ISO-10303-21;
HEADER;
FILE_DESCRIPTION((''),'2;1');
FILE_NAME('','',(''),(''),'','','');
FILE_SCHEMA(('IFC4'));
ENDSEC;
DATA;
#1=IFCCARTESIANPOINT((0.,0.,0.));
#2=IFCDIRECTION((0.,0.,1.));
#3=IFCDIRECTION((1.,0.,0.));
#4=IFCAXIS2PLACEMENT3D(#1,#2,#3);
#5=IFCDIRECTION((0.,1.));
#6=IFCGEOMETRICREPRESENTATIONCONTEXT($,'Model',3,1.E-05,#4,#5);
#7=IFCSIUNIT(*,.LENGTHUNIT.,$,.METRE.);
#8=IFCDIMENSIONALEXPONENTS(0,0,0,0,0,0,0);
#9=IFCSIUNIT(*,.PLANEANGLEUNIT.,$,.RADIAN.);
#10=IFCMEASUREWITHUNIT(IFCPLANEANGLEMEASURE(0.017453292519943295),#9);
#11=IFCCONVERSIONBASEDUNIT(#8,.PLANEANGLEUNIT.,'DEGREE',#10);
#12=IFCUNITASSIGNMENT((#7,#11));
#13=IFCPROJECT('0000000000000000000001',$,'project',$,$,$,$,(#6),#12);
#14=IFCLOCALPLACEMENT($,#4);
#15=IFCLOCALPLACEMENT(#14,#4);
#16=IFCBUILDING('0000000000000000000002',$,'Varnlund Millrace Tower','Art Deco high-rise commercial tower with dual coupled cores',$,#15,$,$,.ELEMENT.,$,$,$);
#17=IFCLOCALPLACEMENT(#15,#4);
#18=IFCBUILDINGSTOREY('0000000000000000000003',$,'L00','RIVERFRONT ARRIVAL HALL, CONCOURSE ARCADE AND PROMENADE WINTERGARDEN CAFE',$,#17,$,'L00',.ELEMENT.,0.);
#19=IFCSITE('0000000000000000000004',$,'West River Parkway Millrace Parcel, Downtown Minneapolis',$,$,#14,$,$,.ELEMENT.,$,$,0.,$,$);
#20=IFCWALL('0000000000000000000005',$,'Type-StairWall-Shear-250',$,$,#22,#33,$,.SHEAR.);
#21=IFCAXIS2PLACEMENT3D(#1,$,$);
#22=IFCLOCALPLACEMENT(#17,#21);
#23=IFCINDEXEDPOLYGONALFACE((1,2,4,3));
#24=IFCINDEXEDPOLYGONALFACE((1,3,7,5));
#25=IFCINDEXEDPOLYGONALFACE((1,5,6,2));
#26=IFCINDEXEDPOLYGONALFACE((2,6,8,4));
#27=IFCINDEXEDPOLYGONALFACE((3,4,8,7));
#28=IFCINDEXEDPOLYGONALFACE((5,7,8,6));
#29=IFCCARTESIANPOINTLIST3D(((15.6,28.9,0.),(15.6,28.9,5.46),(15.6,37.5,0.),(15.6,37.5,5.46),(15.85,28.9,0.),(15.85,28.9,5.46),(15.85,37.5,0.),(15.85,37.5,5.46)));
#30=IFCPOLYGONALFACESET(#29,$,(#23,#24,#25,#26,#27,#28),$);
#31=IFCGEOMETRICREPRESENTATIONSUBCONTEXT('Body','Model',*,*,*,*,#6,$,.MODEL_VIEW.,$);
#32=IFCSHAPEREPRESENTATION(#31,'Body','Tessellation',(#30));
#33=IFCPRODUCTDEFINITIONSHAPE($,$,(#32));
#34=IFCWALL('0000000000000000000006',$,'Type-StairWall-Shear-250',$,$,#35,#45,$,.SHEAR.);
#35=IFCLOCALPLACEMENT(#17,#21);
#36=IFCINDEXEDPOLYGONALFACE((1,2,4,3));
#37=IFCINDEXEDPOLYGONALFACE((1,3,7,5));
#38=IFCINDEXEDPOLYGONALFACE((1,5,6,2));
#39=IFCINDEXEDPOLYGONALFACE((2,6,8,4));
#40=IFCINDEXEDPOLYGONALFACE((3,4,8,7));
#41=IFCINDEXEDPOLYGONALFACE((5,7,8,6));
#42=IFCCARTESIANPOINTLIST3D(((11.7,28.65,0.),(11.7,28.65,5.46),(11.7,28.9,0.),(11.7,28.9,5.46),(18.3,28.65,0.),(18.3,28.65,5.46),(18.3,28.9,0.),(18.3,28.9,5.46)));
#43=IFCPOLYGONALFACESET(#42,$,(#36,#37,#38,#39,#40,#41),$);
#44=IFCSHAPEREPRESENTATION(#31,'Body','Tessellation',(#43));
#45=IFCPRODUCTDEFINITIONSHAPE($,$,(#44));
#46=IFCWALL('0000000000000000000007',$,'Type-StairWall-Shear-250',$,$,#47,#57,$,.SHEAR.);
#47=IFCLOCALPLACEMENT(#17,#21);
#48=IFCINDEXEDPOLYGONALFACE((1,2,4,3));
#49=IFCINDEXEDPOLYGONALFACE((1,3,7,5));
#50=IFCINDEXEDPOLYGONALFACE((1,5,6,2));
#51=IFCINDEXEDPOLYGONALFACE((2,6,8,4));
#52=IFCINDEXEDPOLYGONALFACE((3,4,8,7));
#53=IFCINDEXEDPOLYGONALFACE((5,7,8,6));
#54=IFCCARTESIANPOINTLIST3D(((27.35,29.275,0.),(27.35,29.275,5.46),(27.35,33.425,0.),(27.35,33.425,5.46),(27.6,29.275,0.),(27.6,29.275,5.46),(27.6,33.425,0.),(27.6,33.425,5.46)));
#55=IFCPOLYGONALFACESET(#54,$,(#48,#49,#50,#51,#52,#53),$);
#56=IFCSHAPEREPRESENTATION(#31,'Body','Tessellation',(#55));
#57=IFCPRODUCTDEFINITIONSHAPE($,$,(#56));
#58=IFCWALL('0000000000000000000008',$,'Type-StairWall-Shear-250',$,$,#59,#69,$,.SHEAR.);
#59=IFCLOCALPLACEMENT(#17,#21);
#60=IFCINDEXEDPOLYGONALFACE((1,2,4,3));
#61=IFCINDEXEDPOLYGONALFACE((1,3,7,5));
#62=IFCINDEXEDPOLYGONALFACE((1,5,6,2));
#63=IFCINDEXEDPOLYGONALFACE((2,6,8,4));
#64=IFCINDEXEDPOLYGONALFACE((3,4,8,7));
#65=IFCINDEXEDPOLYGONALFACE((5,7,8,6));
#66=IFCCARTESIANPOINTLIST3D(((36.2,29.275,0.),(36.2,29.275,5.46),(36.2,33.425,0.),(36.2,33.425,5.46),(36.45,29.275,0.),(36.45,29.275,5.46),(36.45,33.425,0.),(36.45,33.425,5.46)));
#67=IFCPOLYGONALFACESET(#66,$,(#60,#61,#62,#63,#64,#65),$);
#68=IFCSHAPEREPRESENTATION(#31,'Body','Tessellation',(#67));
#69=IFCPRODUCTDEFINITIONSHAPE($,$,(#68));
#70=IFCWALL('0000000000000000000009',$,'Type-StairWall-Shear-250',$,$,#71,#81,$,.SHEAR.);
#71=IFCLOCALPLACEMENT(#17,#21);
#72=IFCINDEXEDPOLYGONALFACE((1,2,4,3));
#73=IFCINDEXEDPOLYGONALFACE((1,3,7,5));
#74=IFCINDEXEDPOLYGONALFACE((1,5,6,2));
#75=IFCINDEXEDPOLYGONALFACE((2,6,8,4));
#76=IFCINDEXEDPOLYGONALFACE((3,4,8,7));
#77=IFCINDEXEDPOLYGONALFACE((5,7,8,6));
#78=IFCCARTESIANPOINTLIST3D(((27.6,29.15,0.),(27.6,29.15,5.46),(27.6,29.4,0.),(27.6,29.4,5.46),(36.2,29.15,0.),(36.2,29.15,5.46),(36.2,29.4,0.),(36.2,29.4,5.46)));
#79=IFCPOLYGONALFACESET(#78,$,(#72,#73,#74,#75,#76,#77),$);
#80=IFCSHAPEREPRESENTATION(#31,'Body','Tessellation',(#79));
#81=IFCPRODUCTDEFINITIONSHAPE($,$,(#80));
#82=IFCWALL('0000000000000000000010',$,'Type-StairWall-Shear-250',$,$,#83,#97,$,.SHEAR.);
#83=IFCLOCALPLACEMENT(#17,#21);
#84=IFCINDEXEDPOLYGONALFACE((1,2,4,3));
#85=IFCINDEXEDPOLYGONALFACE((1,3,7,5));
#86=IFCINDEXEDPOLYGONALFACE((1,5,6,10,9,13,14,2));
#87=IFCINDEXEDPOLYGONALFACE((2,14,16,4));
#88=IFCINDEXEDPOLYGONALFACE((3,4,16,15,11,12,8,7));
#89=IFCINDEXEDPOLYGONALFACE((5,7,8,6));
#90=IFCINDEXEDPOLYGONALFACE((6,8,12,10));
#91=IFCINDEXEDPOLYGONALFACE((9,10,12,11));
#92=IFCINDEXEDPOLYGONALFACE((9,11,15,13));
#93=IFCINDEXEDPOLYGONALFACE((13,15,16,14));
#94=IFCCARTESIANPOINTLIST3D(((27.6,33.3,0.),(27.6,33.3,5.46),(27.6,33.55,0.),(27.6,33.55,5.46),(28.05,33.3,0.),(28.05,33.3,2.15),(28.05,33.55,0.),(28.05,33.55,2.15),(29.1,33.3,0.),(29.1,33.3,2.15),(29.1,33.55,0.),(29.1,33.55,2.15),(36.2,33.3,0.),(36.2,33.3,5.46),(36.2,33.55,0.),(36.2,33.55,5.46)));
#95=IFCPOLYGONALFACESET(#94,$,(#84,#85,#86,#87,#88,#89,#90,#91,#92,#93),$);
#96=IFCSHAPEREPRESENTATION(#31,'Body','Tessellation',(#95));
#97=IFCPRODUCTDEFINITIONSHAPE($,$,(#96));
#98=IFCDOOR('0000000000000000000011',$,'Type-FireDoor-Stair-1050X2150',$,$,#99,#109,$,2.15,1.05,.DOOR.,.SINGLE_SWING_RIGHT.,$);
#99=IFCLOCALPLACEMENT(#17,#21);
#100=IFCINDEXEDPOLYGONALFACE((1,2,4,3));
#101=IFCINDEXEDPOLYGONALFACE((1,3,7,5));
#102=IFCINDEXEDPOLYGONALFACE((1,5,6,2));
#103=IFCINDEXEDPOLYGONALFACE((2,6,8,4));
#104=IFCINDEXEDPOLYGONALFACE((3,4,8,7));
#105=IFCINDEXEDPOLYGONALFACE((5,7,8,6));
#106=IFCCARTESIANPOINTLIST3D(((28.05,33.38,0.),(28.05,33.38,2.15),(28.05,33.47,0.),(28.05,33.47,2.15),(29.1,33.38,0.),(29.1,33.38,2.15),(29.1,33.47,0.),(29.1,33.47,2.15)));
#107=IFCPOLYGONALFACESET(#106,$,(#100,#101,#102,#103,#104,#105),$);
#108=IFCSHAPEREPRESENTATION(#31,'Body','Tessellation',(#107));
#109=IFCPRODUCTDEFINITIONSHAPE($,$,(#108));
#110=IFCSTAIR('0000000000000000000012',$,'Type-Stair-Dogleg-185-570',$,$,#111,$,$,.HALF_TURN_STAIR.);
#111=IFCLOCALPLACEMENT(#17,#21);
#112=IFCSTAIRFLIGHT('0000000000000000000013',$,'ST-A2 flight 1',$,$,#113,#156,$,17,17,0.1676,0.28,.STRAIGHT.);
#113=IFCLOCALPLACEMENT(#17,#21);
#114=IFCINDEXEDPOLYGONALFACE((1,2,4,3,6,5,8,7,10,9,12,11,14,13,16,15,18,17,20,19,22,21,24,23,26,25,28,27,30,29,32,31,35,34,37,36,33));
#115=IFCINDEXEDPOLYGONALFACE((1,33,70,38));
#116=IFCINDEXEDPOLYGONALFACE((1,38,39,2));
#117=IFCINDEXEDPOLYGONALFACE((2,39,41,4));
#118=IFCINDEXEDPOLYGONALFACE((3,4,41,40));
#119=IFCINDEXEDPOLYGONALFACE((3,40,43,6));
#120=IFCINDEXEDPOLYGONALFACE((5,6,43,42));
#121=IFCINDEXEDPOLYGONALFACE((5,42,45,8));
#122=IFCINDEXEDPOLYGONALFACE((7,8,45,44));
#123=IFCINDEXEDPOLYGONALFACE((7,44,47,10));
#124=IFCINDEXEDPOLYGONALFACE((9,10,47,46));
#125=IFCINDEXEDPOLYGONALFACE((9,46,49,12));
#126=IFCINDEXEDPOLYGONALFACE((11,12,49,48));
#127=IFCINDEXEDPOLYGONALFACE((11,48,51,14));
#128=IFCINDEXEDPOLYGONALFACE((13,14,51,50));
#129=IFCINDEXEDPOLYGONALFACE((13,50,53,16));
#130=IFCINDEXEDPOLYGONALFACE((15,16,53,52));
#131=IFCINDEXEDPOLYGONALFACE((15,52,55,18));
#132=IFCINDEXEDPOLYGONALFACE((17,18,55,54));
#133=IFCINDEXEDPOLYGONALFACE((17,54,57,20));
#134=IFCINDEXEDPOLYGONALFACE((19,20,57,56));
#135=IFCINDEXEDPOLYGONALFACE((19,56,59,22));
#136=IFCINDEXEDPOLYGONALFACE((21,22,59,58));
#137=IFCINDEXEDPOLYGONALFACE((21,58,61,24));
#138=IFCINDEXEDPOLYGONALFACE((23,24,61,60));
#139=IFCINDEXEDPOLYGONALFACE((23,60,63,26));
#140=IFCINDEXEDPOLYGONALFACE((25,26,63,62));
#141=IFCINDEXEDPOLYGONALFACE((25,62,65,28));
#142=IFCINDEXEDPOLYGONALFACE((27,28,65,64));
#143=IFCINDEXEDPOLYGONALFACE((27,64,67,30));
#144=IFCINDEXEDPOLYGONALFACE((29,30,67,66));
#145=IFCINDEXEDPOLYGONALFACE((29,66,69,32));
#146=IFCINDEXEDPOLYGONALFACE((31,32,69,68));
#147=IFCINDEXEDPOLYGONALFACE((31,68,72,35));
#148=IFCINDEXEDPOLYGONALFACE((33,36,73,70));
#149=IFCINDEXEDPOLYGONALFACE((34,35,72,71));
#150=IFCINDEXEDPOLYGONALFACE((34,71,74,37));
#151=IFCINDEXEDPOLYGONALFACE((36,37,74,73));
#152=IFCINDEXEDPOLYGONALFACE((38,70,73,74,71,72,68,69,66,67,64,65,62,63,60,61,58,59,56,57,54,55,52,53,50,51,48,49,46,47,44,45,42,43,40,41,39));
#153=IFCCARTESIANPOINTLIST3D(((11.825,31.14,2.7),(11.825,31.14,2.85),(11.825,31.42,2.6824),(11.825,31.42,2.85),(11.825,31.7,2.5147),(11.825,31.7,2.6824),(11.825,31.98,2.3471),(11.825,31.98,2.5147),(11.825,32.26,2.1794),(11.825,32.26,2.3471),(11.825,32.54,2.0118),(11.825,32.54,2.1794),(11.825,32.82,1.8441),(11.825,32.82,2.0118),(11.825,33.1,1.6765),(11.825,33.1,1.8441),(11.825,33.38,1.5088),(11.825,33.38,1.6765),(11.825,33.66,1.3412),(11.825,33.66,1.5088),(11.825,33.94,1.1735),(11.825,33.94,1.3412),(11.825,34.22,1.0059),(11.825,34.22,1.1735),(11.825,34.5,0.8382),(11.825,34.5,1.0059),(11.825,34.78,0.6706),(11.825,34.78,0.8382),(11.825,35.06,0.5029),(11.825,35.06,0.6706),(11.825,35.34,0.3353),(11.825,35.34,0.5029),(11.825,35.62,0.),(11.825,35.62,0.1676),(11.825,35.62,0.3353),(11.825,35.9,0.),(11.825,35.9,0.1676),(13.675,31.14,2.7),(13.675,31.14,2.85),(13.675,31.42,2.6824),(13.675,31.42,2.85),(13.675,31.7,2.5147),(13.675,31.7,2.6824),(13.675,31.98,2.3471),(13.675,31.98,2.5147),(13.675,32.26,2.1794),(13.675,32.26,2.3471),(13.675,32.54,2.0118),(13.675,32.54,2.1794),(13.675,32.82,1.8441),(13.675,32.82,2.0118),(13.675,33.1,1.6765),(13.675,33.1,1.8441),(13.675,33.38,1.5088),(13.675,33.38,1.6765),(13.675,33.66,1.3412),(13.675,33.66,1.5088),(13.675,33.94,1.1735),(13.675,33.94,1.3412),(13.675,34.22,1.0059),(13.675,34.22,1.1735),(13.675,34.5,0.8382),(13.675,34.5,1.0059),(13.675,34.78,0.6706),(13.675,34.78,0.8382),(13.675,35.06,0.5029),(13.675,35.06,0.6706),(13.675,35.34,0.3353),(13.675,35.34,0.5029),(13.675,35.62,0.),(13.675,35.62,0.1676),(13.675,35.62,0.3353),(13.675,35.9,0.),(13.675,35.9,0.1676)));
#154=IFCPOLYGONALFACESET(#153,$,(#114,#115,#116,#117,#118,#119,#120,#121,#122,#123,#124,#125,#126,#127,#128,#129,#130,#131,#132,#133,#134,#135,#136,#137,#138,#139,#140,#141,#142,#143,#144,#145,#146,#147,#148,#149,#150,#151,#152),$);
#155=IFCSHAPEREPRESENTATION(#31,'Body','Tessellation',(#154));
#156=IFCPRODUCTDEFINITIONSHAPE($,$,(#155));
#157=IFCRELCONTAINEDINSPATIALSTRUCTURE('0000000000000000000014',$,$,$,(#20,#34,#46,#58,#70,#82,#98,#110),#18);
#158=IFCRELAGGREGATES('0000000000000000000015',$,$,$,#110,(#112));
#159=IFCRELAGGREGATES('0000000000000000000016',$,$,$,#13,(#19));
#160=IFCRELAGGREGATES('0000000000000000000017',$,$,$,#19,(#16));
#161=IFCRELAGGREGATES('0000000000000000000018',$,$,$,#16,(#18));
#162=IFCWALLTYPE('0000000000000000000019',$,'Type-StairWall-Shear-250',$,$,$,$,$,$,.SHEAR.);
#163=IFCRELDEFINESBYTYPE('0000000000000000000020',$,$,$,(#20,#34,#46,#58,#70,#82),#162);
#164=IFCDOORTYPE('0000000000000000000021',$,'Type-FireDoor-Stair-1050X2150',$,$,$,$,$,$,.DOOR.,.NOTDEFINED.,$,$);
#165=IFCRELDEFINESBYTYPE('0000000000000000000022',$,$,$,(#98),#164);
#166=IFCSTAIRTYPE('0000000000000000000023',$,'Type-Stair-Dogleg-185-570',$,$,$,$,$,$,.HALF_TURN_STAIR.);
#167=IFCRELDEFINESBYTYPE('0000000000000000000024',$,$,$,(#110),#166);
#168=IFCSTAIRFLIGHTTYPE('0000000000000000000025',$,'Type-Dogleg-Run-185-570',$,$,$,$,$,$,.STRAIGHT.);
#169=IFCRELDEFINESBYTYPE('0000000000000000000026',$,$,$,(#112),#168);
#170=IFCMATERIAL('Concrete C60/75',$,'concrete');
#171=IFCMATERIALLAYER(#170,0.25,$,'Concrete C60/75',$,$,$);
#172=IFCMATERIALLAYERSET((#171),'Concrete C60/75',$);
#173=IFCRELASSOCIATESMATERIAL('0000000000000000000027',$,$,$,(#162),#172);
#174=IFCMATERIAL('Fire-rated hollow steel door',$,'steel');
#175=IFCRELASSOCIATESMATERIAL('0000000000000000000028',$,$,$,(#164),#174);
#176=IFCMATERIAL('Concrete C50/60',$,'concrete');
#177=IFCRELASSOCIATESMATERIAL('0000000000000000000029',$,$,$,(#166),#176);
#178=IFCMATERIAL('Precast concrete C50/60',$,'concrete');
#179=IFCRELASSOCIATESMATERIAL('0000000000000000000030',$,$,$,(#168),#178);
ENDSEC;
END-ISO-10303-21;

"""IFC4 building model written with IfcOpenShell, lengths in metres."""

from ifc_helpers import new_model, entity, si_unit, converted_unit, direction, frame, origin_with_axes, origin_2d_with_axis, place, context, subcontext, project, spatial, polyline, rectangle, outline, extrude, material, layer, layer_set, type_object, element, fill, aggregate, save


model = new_model("IFC4")

# Units and contexts
model_context = context("Model", 3, precision=1e-05, world=origin_with_axes(), true_north=direction((0.0, 1.0)))
body_context = subcontext(model_context, "Body", "Model", "MODEL_VIEW")
ifc_project = project(units=[si_unit("LENGTHUNIT", "METRE"), converted_unit("PLANEANGLEUNIT", "DEGREE", entity("IfcPlaneAngleMeasure", 0.017453292519943295), si_unit("PLANEANGLEUNIT", "RADIAN"), dimensions=[0, 0, 0, 0, 0, 0, 0])], contexts=[model_context])

# Site, building, storey
site_placement = place(None, origin_with_axes())
site = spatial("IfcSite", under=ifc_project, at=site_placement, Name="West River Parkway Millrace Parcel, Downtown Minneapolis", CompositionType="ELEMENT", RefElevation=0.0)
building_placement = place(site_placement, origin_with_axes())
building = spatial("IfcBuilding", under=site, at=building_placement, Name="Varnlund Millrace Tower", Description="Art Deco high-rise commercial tower with dual coupled cores", CompositionType="ELEMENT")
storey_placement = place(building_placement, origin_with_axes())
storey = spatial("IfcBuildingStorey", under=building, at=storey_placement, Name="L00", Description="RIVERFRONT ARRIVAL HALL, CONCOURSE ARCADE AND PROMENADE WINTERGARDEN CAFE", LongName="L00", CompositionType="ELEMENT", Elevation=0.0)

# Shared definitions
ifc_material_1 = material(Name="Concrete C60/75", Category="concrete")
ifc_layer = layer(ifc_material_1, 0.25, Name="Concrete C60/75")
ifc_layer_set = layer_set([ifc_layer], Name="Concrete C60/75")

# Walls
wall_type_1 = type_object("IfcWallType", Name="Type-StairWall-Shear-250", PredefinedType="SHEAR", material=ifc_layer_set)
wall_1_placement = place(storey_placement, frame((15.725, 28.9, 0.0), z_axis=(0.0, 0.0, 1.0), x_axis=(0.0, 1.0, 0.0)))
element("IfcWall", 1, at=wall_1_placement, inside=storey, type_object=wall_type_1, Name="Type-StairWall-Shear-250", PredefinedType="SHEAR", context=body_context, shape_type="SweptSolid", body=[
    extrude(outline(polyline([(0.0, -0.125), (8.6, -0.125), (8.6, 0.125), (0.0, 0.125), (0.0, -0.125)])), origin_with_axes(), (0.0, 0.0, 1.0), 5.46),
])
wall_2_placement = place(storey_placement, frame((11.7, 28.775, 0.0), z_axis=(0.0, 0.0, 1.0), x_axis=(1.0, 0.0, 0.0)))
element("IfcWall", 2, at=wall_2_placement, inside=storey, type_object=wall_type_1, Name="Type-StairWall-Shear-250", PredefinedType="SHEAR", context=body_context, shape_type="SweptSolid", body=[
    extrude(outline(polyline([(0.0, -0.125), (6.6, -0.125), (6.6, 0.125), (0.0, 0.125), (0.0, -0.125)])), origin_with_axes(), (0.0, 0.0, 1.0), 5.46),
])
for number, where, z_axis, x_axis, name in (
    (3, (27.475, 29.275, 0.0), (0.0, 0.0, 1.0), (0.0, 1.0, 0.0), "Type-StairWall-Shear-250"),
    (4, (36.325, 29.275, 0.0), (0.0, 0.0, 1.0), (0.0, 1.0, 0.0), "Type-StairWall-Shear-250"),
):
    element("IfcWall", number, at=place(storey_placement, frame(where, z_axis=z_axis, x_axis=x_axis)), inside=storey, type_object=wall_type_1, Name=name, PredefinedType="SHEAR", context=body_context, shape_type="SweptSolid", body=[
        extrude(outline(polyline([(0.0, -0.125), (4.15, -0.125), (4.15, 0.125), (0.0, 0.125), (0.0, -0.125)])), origin_with_axes(), (0.0, 0.0, 1.0), 5.46),
    ])
wall_3_placement = place(storey_placement, frame((27.6, 29.275, 0.0), z_axis=(0.0, 0.0, 1.0), x_axis=(1.0, 0.0, 0.0)))
element("IfcWall", 5, at=wall_3_placement, inside=storey, type_object=wall_type_1, Name="Type-StairWall-Shear-250", PredefinedType="SHEAR", context=body_context, shape_type="SweptSolid", body=[
    extrude(outline(polyline([(0.0, -0.125), (8.6, -0.125), (8.6, 0.125), (0.0, 0.125), (0.0, -0.125)])), origin_with_axes(), (0.0, 0.0, 1.0), 5.46),
])

# Wall, opening, door
wall_4_placement = place(storey_placement, frame((27.6, 33.425, 0.0), z_axis=(0.0, 0.0, 1.0), x_axis=(1.0, 0.0, 0.0)))
wall_4 = element("IfcWall", 6, at=wall_4_placement, inside=storey, type_object=wall_type_1, Name="Type-StairWall-Shear-250", PredefinedType="SHEAR", context=body_context, shape_type="SweptSolid", body=[
    extrude(outline(polyline([(0.0, -0.125), (8.6, -0.125), (8.6, 0.125), (0.0, 0.125), (0.0, -0.125)])), origin_with_axes(), (0.0, 0.0, 1.0), 5.46),
])
opening_1_placement = place(wall_4_placement, frame((0.975, 0.0, 0.0), z_axis=(0.0, 0.0, 1.0), x_axis=(1.0, 0.0, 0.0)))
opening_1 = element("IfcOpeningElement", 7, at=opening_1_placement, cuts=wall_4, PredefinedType="OPENING", context=body_context, shape_type="SweptSolid", body=[
    extrude(rectangle(XDim=1.05, YDim=0.27, at=origin_2d_with_axis()), origin_with_axes(), (0.0, 0.0, 1.0), 2.15),
])
ifc_material_2 = material(Name="Fire-rated hollow steel door", Category="steel")
door_type_1 = type_object("IfcDoorType", Name="Type-FireDoor-Stair-1050X2150", OperationType="NOTDEFINED", PredefinedType="DOOR", material=ifc_material_2)
door_1_placement = place(wall_4_placement, frame((0.975, 0.0, 0.0), z_axis=(0.0, 0.0, 1.0), x_axis=(1.0, 0.0, 0.0)))
door_1 = element("IfcDoor", 8, at=door_1_placement, inside=storey, type_object=door_type_1, Name="Type-FireDoor-Stair-1050X2150", OperationType="SINGLE_SWING_RIGHT", OverallHeight=2.15, OverallWidth=1.05, PredefinedType="DOOR", context=body_context, shape_type="SweptSolid", body=[
    extrude(rectangle(XDim=1.05, YDim=0.09, at=origin_2d_with_axis()), origin_with_axes(), (0.0, 0.0, 1.0), 2.15),
])
fill(opening_1, door_1)

# Stair, stair flight
ifc_material_3 = material(Name="Concrete C50/60", Category="concrete")
stair_type = type_object("IfcStairType", Name="Type-Stair-Dogleg-185-570", PredefinedType="HALF_TURN_STAIR", material=ifc_material_3)
stair_1_placement = place(storey_placement, origin_with_axes())
stair_1 = element("IfcStair", 9, at=stair_1_placement, inside=storey, type_object=stair_type, Name="Type-Stair-Dogleg-185-570", PredefinedType="HALF_TURN_STAIR")
ifc_material_4 = material(Name="Precast concrete C50/60", Category="concrete")
stair_flight_type = type_object("IfcStairFlightType", Name="Type-Dogleg-Run-185-570", PredefinedType="STRAIGHT", material=ifc_material_4)
stair_flight_1_placement = place(storey_placement, frame((13.675, 35.9, 0.0), z_axis=(-1.0, 0.0, 0.0), x_axis=(0.0, -1.0, 0.0)))
stair_flight_1 = element("IfcStairFlight", 10, at=stair_flight_1_placement, type_object=stair_flight_type, Name="ST-A2 flight 1", NumberOfRisers=17, NumberOfTreads=17, PredefinedType="STRAIGHT", RiserHeight=0.1676, TreadLength=0.28, context=body_context, shape_type="SweptSolid", body=[
    extrude(outline(polyline([(0.0, 0.0), (0.0, 0.1676), (0.28, 0.1676), (0.28, 0.3353), (0.56, 0.3353), (0.56, 0.5029), (0.84, 0.5029), (0.84, 0.6706), (1.12, 0.6706), (1.12, 0.8382), (1.4, 0.8382), (1.4, 1.0059), (1.68, 1.0059), (1.68, 1.1735), (1.96, 1.1735), (1.96, 1.3412), (2.24, 1.3412), (2.24, 1.5088), (2.52, 1.5088), (2.52, 1.6765), (2.8, 1.6765), (2.8, 1.8441), (3.08, 1.8441), (3.08, 2.0118), (3.36, 2.0118), (3.36, 2.1794), (3.64, 2.1794), (3.64, 2.3471), (3.92, 2.3471), (3.92, 2.5147), (4.2, 2.5147), (4.2, 2.6824), (4.48, 2.6824), (4.48, 2.85), (4.76, 2.85), (4.76, 2.7), (0.28, 0.0), (0.0, 0.0)])), origin_with_axes(), (0.0, 0.0, 1.0), 1.85),
])
aggregate(stair_1, [stair_flight_1])

save(model, "model.ifc")
